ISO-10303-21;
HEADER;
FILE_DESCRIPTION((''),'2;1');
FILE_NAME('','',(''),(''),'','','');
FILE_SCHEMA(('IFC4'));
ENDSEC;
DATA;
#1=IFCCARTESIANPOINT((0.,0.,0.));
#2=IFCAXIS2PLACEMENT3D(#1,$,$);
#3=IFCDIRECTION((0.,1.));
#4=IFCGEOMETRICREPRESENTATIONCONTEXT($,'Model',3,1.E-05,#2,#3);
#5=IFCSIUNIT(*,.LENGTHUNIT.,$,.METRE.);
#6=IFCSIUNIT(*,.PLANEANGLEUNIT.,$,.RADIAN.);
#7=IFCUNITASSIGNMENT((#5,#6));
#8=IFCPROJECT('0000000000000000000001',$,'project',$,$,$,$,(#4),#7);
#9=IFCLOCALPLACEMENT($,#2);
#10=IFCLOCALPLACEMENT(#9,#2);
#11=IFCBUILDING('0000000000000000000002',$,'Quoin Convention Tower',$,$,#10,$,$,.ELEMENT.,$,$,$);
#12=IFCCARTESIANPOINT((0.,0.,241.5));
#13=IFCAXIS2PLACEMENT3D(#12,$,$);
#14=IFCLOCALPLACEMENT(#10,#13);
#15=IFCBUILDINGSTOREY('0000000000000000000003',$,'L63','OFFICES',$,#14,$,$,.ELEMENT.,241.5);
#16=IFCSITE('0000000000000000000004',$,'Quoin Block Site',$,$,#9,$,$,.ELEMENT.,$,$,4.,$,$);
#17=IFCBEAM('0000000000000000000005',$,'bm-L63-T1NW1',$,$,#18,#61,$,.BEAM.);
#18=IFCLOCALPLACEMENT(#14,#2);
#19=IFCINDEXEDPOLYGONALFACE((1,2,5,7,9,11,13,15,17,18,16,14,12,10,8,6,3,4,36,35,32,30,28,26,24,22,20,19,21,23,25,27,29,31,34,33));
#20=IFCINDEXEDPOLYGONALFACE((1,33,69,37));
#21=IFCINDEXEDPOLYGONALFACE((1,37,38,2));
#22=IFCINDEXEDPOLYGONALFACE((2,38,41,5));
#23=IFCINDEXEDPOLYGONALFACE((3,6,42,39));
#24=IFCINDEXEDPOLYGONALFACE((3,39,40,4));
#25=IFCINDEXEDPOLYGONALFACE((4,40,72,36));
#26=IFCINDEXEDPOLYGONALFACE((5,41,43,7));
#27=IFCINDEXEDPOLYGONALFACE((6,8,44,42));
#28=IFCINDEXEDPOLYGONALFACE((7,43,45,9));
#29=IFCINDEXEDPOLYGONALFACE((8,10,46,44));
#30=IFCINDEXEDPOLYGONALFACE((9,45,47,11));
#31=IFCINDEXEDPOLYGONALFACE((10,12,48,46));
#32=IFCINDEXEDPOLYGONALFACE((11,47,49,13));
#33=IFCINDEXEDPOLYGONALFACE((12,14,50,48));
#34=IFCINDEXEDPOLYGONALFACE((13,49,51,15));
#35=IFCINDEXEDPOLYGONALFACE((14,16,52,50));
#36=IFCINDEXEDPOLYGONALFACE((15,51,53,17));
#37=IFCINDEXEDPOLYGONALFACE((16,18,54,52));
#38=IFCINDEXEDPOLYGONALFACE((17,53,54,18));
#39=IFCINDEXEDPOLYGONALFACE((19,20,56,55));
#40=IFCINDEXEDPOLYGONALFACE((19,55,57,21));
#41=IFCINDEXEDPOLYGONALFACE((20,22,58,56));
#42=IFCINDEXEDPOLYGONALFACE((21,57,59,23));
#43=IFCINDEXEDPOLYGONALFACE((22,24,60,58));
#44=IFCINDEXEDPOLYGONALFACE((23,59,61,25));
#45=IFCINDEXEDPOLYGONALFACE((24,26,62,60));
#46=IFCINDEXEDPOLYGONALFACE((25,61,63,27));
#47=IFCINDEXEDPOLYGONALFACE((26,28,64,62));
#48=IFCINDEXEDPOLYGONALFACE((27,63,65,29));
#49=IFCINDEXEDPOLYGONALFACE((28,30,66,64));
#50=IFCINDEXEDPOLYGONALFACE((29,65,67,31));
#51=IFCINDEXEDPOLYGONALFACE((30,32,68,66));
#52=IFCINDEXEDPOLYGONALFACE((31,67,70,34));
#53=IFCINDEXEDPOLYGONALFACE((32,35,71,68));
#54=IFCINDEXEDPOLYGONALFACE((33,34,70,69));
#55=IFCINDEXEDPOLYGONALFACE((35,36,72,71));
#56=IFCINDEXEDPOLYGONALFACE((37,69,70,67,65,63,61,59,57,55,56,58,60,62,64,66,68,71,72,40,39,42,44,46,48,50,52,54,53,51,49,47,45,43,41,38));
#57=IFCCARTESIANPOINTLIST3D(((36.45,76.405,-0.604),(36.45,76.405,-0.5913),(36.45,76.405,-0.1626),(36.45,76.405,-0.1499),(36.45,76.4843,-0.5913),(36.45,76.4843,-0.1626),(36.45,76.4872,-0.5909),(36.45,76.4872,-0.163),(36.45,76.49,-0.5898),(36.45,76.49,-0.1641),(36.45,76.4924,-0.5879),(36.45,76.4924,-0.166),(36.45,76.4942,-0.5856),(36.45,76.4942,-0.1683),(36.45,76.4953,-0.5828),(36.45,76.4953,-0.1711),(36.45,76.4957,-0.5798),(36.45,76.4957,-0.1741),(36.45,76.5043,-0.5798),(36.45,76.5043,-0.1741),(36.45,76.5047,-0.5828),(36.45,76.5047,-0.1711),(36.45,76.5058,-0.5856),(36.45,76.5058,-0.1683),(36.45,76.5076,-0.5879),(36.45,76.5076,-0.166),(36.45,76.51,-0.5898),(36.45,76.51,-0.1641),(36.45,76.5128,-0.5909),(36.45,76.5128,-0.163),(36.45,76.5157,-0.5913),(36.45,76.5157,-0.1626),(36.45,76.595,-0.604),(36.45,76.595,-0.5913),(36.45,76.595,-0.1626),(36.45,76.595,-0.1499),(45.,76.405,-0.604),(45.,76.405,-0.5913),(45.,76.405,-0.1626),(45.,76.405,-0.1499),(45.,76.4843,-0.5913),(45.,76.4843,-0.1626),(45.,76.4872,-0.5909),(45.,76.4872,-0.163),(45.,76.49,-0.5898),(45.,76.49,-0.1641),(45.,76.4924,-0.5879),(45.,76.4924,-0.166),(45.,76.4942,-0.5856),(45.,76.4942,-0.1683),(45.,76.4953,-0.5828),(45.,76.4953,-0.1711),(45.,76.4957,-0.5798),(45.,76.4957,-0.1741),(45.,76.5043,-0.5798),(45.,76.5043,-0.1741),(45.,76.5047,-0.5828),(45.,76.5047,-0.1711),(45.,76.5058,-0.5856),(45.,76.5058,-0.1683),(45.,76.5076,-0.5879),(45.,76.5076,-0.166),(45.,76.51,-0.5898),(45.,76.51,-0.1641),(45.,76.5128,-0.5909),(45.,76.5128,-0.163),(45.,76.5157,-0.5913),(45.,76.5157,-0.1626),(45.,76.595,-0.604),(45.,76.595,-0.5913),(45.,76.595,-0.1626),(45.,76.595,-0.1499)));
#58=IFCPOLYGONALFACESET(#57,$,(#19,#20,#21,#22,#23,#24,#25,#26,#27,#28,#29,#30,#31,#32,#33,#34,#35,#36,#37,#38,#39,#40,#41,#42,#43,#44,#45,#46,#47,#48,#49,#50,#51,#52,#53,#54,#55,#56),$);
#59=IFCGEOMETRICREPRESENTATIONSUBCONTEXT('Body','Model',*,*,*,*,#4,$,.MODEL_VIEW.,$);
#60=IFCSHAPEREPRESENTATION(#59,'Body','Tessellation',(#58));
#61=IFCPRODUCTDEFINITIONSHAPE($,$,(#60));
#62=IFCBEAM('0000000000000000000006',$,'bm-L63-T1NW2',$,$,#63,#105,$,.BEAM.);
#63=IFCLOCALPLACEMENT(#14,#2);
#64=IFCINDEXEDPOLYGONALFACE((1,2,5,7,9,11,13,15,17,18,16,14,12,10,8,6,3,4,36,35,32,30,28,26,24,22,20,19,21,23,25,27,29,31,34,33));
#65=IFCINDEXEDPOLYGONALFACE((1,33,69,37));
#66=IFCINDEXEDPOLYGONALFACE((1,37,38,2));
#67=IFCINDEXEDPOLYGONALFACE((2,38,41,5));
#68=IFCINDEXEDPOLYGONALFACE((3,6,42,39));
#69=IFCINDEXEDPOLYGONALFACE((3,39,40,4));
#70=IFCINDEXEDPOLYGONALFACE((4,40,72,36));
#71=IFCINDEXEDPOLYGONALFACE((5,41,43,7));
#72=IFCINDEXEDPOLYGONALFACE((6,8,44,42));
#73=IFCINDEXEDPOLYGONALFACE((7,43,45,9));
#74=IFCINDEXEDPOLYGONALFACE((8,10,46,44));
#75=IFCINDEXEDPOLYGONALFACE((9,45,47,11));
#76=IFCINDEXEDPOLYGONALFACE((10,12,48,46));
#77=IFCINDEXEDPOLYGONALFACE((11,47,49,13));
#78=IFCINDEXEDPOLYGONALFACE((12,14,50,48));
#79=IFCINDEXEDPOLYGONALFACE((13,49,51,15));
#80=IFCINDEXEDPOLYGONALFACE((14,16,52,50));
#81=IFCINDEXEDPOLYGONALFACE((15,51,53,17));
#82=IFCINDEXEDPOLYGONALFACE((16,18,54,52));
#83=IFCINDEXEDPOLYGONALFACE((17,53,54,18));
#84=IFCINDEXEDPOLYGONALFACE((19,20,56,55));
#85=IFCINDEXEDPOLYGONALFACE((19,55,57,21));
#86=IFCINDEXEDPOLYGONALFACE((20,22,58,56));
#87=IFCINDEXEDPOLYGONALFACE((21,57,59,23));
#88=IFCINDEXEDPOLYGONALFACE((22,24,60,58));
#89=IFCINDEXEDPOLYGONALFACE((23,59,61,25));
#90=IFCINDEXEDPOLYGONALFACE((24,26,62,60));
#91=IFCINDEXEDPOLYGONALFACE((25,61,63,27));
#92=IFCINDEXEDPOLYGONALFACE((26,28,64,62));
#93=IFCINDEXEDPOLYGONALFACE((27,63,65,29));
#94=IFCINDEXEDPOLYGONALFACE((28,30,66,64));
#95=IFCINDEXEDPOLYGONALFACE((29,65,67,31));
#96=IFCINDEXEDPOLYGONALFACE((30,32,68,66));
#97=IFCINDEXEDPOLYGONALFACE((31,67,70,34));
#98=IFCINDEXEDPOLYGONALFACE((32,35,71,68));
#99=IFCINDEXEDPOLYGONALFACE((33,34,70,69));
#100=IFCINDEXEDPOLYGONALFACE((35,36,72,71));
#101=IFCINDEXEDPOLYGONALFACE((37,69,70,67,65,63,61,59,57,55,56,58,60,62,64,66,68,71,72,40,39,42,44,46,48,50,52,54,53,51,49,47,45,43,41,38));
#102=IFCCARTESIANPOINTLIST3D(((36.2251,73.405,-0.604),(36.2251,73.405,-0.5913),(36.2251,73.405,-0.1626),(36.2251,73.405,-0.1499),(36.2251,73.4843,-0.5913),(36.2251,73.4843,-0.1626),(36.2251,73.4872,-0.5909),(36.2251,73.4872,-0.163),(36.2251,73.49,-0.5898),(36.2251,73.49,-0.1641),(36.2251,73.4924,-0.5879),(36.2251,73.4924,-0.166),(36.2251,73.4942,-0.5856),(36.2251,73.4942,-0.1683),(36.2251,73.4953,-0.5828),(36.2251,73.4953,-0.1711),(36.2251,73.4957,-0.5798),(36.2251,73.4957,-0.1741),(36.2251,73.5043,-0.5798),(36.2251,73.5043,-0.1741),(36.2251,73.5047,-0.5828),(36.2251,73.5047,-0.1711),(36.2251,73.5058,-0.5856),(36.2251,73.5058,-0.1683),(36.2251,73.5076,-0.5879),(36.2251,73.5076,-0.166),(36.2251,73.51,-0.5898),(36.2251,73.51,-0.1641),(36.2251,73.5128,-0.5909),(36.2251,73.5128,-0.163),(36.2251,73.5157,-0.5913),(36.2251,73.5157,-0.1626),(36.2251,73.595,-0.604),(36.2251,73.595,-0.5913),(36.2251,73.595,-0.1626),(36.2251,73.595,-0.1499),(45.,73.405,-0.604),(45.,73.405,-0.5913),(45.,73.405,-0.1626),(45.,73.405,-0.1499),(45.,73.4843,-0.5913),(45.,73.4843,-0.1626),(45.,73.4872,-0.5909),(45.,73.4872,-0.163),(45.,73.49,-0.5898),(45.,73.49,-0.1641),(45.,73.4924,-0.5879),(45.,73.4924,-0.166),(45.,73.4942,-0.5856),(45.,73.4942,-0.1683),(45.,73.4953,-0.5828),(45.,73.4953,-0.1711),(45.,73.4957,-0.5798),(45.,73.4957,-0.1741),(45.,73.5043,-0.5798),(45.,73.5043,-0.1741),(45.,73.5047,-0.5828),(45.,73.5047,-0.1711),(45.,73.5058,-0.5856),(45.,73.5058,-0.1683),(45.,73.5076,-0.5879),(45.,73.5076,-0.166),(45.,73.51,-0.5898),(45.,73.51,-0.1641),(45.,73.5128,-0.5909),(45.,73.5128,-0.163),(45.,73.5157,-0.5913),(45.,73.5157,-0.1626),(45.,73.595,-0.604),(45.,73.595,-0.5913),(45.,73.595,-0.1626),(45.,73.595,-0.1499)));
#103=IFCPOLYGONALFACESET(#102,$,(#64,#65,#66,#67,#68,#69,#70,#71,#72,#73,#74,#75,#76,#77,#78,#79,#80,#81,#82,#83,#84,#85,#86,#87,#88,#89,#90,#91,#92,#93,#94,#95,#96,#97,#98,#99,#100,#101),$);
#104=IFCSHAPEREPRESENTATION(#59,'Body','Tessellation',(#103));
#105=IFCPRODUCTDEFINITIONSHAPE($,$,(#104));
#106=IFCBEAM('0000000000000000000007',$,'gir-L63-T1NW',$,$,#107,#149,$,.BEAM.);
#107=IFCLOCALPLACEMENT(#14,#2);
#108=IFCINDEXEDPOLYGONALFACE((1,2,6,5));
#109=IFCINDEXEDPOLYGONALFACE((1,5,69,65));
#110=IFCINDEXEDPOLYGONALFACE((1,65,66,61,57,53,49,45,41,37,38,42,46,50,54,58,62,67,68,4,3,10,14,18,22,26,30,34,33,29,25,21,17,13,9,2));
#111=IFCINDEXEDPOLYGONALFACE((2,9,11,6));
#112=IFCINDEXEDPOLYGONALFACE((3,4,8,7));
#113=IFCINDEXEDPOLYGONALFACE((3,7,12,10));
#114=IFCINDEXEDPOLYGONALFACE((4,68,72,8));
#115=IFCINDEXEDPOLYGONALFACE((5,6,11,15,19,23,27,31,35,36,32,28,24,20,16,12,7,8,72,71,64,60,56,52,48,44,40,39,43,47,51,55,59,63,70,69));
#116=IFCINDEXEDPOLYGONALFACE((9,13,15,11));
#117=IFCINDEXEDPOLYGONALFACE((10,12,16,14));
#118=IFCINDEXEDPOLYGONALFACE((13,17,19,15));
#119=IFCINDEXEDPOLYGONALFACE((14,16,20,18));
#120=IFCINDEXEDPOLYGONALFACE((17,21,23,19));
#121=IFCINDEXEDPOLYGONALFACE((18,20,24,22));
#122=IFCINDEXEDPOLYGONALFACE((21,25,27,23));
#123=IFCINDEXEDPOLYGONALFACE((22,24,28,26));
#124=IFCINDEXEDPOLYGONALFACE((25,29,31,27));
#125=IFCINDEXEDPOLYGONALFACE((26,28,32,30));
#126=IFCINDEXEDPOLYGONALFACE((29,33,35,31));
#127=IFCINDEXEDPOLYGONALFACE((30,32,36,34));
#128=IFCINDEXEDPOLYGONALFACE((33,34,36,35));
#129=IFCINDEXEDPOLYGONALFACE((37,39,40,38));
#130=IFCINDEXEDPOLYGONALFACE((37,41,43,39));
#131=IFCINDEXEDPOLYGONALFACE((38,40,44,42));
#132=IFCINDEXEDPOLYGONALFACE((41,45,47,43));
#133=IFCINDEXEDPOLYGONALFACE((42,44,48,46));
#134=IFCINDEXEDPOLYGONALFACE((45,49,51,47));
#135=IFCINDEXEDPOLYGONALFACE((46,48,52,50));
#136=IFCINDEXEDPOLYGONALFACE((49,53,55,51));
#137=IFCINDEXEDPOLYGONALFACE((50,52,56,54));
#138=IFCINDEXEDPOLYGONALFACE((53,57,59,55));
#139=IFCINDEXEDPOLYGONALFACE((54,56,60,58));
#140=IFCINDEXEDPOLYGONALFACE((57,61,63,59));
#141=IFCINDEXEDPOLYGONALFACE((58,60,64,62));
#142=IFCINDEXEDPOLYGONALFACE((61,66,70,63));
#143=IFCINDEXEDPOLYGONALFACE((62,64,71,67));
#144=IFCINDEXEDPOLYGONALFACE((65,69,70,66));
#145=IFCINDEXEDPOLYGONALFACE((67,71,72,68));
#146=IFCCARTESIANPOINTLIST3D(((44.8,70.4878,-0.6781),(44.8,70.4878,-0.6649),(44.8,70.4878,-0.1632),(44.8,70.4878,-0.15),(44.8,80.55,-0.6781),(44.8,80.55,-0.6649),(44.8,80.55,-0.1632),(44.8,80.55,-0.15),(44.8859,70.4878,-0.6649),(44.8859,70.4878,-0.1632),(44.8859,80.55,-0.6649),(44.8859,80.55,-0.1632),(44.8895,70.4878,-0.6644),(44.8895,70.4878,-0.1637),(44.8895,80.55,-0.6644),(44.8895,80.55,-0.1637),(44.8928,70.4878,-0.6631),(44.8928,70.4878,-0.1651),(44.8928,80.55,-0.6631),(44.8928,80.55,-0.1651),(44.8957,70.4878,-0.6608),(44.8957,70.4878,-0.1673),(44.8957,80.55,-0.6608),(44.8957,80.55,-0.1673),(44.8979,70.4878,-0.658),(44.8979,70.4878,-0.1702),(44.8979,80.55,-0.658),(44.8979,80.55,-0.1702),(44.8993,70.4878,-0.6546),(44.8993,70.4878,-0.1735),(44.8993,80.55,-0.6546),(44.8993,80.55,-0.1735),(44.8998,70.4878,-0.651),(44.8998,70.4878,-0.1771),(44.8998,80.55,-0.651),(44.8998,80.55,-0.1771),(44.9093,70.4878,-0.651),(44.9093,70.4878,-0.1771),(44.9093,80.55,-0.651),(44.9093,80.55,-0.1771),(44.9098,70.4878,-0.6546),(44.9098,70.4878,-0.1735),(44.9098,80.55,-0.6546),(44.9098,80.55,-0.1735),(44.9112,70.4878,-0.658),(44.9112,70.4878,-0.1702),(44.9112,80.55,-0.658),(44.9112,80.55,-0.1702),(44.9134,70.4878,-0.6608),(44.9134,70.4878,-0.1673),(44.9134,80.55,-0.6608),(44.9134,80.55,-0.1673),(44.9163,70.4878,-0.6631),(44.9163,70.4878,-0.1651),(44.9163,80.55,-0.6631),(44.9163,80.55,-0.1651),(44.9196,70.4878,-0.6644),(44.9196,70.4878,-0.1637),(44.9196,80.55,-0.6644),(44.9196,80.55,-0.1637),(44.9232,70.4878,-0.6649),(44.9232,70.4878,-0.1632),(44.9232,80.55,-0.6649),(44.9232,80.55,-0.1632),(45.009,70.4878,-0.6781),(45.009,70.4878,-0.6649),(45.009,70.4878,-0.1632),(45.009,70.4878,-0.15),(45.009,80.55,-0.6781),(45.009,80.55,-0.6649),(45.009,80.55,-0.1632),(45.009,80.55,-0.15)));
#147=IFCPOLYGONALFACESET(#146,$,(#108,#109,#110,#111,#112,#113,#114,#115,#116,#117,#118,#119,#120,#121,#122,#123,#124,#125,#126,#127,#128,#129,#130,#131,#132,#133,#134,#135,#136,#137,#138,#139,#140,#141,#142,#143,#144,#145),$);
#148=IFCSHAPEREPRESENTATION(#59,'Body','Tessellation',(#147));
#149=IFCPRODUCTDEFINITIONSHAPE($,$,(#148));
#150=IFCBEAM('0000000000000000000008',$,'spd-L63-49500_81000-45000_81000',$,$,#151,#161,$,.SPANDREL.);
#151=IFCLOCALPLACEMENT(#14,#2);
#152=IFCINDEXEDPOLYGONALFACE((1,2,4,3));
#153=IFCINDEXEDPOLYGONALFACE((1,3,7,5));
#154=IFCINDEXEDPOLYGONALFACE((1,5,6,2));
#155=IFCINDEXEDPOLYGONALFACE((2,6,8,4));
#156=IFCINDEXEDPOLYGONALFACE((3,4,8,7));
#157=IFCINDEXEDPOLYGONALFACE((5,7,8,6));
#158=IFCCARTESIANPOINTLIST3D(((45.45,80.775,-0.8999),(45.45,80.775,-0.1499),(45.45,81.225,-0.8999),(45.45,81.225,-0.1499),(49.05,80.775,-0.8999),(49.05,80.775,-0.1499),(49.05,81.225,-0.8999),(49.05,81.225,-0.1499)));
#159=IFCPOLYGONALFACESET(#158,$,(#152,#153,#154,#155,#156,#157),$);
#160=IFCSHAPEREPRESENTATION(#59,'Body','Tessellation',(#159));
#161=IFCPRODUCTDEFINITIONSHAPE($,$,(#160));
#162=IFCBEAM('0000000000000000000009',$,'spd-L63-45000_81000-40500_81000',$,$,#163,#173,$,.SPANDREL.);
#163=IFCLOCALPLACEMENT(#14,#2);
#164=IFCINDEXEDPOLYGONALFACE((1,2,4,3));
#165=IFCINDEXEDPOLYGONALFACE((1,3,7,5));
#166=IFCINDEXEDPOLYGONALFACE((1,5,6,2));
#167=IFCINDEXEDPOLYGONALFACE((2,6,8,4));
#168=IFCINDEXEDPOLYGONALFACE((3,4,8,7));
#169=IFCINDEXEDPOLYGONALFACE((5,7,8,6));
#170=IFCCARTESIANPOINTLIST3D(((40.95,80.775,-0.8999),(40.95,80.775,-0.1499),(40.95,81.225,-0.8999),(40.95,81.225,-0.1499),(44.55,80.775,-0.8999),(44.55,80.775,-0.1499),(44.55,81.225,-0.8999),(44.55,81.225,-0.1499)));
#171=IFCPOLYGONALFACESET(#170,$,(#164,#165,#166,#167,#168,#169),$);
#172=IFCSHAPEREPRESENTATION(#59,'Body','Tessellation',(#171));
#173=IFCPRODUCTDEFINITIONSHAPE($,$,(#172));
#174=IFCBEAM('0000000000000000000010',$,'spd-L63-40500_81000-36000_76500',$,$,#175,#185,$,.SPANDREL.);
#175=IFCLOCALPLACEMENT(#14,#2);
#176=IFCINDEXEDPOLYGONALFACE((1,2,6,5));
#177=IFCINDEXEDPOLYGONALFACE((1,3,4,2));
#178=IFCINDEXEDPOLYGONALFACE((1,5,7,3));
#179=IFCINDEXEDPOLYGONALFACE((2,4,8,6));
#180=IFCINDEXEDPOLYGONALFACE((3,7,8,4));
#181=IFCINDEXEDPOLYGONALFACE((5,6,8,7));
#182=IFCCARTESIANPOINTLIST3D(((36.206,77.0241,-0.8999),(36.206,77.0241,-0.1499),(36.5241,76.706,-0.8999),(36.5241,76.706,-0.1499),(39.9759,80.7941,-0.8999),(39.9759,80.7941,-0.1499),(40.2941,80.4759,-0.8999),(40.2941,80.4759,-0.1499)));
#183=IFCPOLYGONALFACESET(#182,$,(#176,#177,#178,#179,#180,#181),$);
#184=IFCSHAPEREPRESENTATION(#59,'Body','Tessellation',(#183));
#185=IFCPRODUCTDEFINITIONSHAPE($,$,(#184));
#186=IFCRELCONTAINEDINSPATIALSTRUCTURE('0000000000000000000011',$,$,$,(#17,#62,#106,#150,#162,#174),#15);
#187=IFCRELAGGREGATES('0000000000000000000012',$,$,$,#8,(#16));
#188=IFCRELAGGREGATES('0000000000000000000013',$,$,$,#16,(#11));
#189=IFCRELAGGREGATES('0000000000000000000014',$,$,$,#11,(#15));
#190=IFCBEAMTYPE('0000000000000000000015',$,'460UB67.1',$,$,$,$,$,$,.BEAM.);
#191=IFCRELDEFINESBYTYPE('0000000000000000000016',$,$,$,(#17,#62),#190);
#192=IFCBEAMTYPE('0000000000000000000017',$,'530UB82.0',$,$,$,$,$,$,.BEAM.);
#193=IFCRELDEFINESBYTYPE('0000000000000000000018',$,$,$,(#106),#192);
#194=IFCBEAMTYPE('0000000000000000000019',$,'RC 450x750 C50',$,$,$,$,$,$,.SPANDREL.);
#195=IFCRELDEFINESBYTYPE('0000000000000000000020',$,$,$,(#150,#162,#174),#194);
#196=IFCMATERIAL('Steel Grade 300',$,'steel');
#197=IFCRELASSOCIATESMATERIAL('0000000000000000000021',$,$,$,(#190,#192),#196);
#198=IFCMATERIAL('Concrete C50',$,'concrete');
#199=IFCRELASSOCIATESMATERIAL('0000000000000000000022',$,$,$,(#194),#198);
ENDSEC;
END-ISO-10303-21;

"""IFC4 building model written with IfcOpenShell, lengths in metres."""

from ifc_helpers import new_model, si_unit, direction, frame, origin, origin_2d, place, context, subcontext, project, spatial, rectangle, i_section, extrude, material, material_profile, profile_set, type_object, element, save


model = new_model("IFC4")

# Units and contexts
model_context = context("Model", 3, precision=1e-05, world=origin(), true_north=direction((0.0, 1.0)))
body_context = subcontext(model_context, "Body", "Model", "MODEL_VIEW")
ifc_project = project(units=[si_unit("LENGTHUNIT", "METRE"), si_unit("PLANEANGLEUNIT", "RADIAN")], contexts=[model_context])

# Site, building, storey
site_placement = place(None, origin())
site = spatial("IfcSite", under=ifc_project, at=site_placement, Name="Quoin Block Site", CompositionType="ELEMENT", RefElevation=4.0)
building_placement = place(site_placement, origin())
building = spatial("IfcBuilding", under=site, at=building_placement, Name="Quoin Convention Tower", CompositionType="ELEMENT")
storey_placement = place(building_placement, frame((0.0, 0.0, 241.5)))
storey = spatial("IfcBuildingStorey", under=building, at=storey_placement, Name="L63", Description="OFFICES", CompositionType="ELEMENT", Elevation=241.5)

# Shared definitions
ifc_material_1 = material(Name="Concrete C50", Category="concrete")

# Beams
ifc_material_2 = material(Name="Steel Grade 300", Category="steel")
ifc_material_profile_1 = material_profile(ifc_material_2, i_section(OverallWidth=0.1899, OverallDepth=0.4541, WebThickness=0.0085, FlangeThickness=0.0127, FilletRadius=0.0115, at=origin_2d()), Name="460UB67.1")
ifc_profile_set_1 = profile_set([ifc_material_profile_1], Name="Steel Grade 300")
beam_type_1 = type_object("IfcBeamType", Name="460UB67.1", PredefinedType="BEAM", material=ifc_profile_set_1)
beam_1_placement = place(storey_placement, frame((36.45, 76.5, -0.377), z_axis=(1.0, 0.0, 0.0), x_axis=(0.0, 1.0, 0.0)))
element("IfcBeam", 1, at=beam_1_placement, inside=storey, type_object=beam_type_1, Name="bm-L63-T1NW1", PredefinedType="BEAM", context=body_context, shape_type="SweptSolid", body=[
    extrude(i_section(OverallWidth=0.1899, OverallDepth=0.4541, WebThickness=0.0085, FlangeThickness=0.0127, FilletRadius=0.0115, at=origin_2d()), origin(), (0.0, 0.0, 1.0), 8.55),
])
beam_2_placement = place(storey_placement, frame((36.2251, 73.5, -0.377), z_axis=(1.0, 0.0, 0.0), x_axis=(0.0, 1.0, 0.0)))
element("IfcBeam", 2, at=beam_2_placement, inside=storey, type_object=beam_type_1, Name="bm-L63-T1NW2", PredefinedType="BEAM", context=body_context, shape_type="SweptSolid", body=[
    extrude(i_section(OverallWidth=0.1899, OverallDepth=0.4541, WebThickness=0.0085, FlangeThickness=0.0127, FilletRadius=0.0115, at=origin_2d()), origin(), (0.0, 0.0, 1.0), 8.7749),
])
ifc_material_profile_2 = material_profile(ifc_material_2, i_section(OverallWidth=0.209, OverallDepth=0.5281, WebThickness=0.0095, FlangeThickness=0.0132, FilletRadius=0.0139, at=origin_2d()), Name="530UB82.0")
ifc_profile_set_2 = profile_set([ifc_material_profile_2], Name="Steel Grade 300")
beam_type_2 = type_object("IfcBeamType", Name="530UB82.0", PredefinedType="BEAM", material=ifc_profile_set_2)
beam_3_placement = place(storey_placement, frame((44.9045, 80.55, -0.4141), z_axis=(0.0, -1.0, 0.0), x_axis=(1.0, 0.0, 0.0)))
element("IfcBeam", 3, at=beam_3_placement, inside=storey, type_object=beam_type_2, Name="gir-L63-T1NW", PredefinedType="BEAM", context=body_context, shape_type="SweptSolid", body=[
    extrude(i_section(OverallWidth=0.209, OverallDepth=0.5281, WebThickness=0.0095, FlangeThickness=0.0132, FilletRadius=0.0139, at=origin_2d()), origin(), (0.0, 0.0, 1.0), 10.0623),
])
ifc_material_profile_3 = material_profile(ifc_material_1, rectangle(XDim=0.45, YDim=0.75, at=origin_2d()), Name="RC 450x750")
ifc_profile_set_3 = profile_set([ifc_material_profile_3], Name="Concrete C50")
beam_type_3 = type_object("IfcBeamType", Name="RC 450x750 C50", PredefinedType="SPANDREL", material=ifc_profile_set_3)
for number, where, z_axis, x_axis, name in (
    (4, (49.05, 81.0, -0.5249), (-1.0, 0.0, 0.0), (0.0, -1.0, 0.0), "spd-L63-49500_81000-45000_81000"),
    (5, (44.55, 81.0, -0.5249), (-1.0, 0.0, 0.0), (0.0, -1.0, 0.0), "spd-L63-45000_81000-40500_81000"),
):
    element("IfcBeam", number, at=place(storey_placement, frame(where, z_axis=z_axis, x_axis=x_axis)), inside=storey, type_object=beam_type_3, Name=name, PredefinedType="SPANDREL", context=body_context, shape_type="SweptSolid", body=[
        extrude(rectangle(XDim=0.45, YDim=0.75, at=origin_2d()), origin(), (0.0, 0.0, 1.0), 3.6001),
    ])
beam_4_placement = place(storey_placement, frame((40.135, 80.635, -0.5249), z_axis=(-0.707107, -0.707107, 0.0), x_axis=(0.707107, -0.707107, 0.0)))
element("IfcBeam", 6, at=beam_4_placement, inside=storey, type_object=beam_type_3, Name="spd-L63-40500_81000-36000_76500", PredefinedType="SPANDREL", context=body_context, shape_type="SweptSolid", body=[
    extrude(rectangle(XDim=0.45, YDim=0.75, at=origin_2d()), origin(), (0.0, 0.0, 1.0), 5.3315),
])

save(model, "model.ifc")
